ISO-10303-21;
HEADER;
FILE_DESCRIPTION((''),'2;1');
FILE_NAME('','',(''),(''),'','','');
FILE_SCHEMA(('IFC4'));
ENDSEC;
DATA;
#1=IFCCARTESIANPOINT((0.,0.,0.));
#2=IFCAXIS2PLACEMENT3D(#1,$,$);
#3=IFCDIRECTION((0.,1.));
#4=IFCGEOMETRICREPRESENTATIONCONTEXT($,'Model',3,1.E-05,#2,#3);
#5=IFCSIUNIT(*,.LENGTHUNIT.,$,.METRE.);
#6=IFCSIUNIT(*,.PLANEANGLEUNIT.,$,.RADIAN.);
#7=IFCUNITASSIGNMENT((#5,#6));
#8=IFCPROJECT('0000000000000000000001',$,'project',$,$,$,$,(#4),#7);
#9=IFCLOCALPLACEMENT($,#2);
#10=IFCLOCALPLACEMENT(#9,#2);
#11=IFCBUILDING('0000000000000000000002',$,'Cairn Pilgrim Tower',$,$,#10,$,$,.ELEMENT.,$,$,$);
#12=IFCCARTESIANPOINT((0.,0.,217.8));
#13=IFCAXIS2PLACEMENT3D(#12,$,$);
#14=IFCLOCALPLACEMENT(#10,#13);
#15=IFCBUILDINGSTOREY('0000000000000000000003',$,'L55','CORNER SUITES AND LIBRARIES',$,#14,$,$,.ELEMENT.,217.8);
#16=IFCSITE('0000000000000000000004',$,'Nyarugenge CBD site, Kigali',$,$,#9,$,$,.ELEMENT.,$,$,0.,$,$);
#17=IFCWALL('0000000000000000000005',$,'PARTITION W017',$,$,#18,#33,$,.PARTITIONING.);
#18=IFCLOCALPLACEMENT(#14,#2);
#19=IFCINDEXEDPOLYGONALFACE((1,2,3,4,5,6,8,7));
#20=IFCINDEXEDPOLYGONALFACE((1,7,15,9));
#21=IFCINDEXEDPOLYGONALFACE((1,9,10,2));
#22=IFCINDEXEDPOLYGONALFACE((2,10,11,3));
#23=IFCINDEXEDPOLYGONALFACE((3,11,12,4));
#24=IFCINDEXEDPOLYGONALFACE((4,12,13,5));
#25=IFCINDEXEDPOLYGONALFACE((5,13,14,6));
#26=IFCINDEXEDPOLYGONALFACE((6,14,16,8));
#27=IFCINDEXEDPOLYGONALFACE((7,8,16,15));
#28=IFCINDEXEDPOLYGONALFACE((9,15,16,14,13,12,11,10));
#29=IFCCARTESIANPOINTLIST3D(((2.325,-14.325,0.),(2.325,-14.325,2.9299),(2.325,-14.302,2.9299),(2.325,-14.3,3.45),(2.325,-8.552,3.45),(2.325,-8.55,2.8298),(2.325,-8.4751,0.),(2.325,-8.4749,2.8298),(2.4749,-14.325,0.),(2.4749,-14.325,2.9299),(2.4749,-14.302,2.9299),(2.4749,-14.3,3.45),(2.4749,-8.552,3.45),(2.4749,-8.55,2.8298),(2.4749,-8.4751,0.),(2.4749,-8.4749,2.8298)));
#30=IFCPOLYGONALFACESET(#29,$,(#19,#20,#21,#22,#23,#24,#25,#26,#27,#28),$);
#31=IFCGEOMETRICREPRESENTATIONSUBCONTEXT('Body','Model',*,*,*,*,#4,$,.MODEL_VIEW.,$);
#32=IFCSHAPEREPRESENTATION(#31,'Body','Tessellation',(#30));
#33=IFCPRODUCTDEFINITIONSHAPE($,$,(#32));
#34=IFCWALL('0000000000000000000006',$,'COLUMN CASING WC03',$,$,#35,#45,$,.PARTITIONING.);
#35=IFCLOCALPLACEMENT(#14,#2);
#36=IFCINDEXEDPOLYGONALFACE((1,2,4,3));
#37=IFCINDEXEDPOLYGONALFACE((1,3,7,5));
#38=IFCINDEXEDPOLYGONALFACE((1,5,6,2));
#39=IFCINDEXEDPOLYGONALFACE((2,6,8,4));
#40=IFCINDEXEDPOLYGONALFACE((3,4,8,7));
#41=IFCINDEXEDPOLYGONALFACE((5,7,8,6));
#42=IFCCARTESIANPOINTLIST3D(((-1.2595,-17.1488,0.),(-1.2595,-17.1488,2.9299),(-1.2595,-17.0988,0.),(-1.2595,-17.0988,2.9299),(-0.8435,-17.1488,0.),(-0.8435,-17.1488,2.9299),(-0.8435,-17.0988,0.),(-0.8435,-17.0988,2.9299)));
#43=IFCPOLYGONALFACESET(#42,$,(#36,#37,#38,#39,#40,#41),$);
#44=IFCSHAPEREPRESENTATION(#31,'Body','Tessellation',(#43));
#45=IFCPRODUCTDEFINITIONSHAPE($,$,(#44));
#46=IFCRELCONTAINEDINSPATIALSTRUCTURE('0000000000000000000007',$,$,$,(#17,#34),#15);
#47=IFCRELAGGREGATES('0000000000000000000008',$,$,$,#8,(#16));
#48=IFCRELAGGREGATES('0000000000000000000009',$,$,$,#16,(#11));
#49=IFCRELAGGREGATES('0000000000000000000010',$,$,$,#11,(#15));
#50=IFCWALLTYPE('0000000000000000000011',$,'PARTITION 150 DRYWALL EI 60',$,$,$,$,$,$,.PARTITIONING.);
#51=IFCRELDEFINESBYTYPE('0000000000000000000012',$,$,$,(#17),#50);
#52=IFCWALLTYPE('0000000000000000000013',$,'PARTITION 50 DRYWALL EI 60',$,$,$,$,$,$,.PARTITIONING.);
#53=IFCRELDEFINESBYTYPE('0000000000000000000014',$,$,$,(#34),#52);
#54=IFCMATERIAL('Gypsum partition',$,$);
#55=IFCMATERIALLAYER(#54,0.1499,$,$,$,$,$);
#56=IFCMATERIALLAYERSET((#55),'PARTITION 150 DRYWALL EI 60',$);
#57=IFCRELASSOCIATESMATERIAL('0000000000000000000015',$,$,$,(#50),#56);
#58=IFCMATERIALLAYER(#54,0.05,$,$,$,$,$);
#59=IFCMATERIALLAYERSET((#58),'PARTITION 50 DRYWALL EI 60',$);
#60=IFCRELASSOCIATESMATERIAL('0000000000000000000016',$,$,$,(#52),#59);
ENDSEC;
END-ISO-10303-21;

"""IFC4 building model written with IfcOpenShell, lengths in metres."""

from ifc_helpers import new_model, si_unit, direction, frame, frame_2d, origin, place, context, subcontext, project, spatial, polyline, rectangle, outline, extrude, material, layer, layer_set, type_object, element, save


model = new_model("IFC4")

# Units and contexts
model_context = context("Model", 3, precision=1e-05, world=origin(), true_north=direction((0.0, 1.0)))
body_context = subcontext(model_context, "Body", "Model", "MODEL_VIEW")
ifc_project = project(units=[si_unit("LENGTHUNIT", "METRE"), si_unit("PLANEANGLEUNIT", "RADIAN")], contexts=[model_context])

# Site, building, storey
site_placement = place(None, origin())
site = spatial("IfcSite", under=ifc_project, at=site_placement, Name="Nyarugenge CBD site, Kigali", CompositionType="ELEMENT", RefElevation=0.0)
building_placement = place(site_placement, origin())
building = spatial("IfcBuilding", under=site, at=building_placement, Name="Cairn Pilgrim Tower", CompositionType="ELEMENT")
storey_placement = place(building_placement, frame((0.0, 0.0, 217.8)))
storey = spatial("IfcBuildingStorey", under=building, at=storey_placement, Name="L55", Description="CORNER SUITES AND LIBRARIES", CompositionType="ELEMENT", Elevation=217.8)

# Shared definitions
ifc_material_1 = material(Name="Gypsum partition")
ifc_layer_1 = layer(ifc_material_1, 0.1499)
ifc_layer_set_1 = layer_set([ifc_layer_1], Name="PARTITION 150 DRYWALL EI 60")
wall_type_1 = type_object("IfcWallType", Name="PARTITION 150 DRYWALL EI 60", PredefinedType="PARTITIONING", material=ifc_layer_set_1)

# Walls
wall_1_placement = place(storey_placement, frame((2.3999, -14.325, 0.0), z_axis=(0.0, 0.0, 1.0), x_axis=(0.0, 1.0, 0.0)))
element("IfcWall", 1, at=wall_1_placement, inside=storey, type_object=wall_type_1, Name="PARTITION W017", PredefinedType="PARTITIONING", context=body_context, shape_type="SweptSolid", body=[
    extrude(outline(polyline([(0.0, 0.0), (5.8499, 0.0), (5.8501, 2.8298), (5.7749, 2.8298), (5.7729, 3.45), (0.0249, 3.45), (0.0229, 2.9299), (0.0, 2.9299), (0.0, 0.0)])), frame((0.0, 0.075, 0.0), z_axis=(0.0, -1.0, 0.0), x_axis=(1.0, 0.0, 0.0)), (0.0, 0.0, 1.0), 0.1499),
])
ifc_layer_2 = layer(ifc_material_1, 0.05)
ifc_layer_set_2 = layer_set([ifc_layer_2], Name="PARTITION 50 DRYWALL EI 60")
wall_type_2 = type_object("IfcWallType", Name="PARTITION 50 DRYWALL EI 60", PredefinedType="PARTITIONING", material=ifc_layer_set_2)
wall_2_placement = place(storey_placement, frame((-1.2595, -17.1238, 0.0), z_axis=(0.0, 0.0, 1.0), x_axis=(1.0, 0.0, 0.0)))
element("IfcWall", 2, at=wall_2_placement, inside=storey, type_object=wall_type_2, Name="COLUMN CASING WC03", PredefinedType="PARTITIONING", context=body_context, shape_type="SweptSolid", body=[
    extrude(rectangle(XDim=0.416, YDim=0.05, at=frame_2d((0.208, 0.0))), origin(), (0.0, 0.0, 1.0), 2.9299),
])

save(model, "model.ifc")
